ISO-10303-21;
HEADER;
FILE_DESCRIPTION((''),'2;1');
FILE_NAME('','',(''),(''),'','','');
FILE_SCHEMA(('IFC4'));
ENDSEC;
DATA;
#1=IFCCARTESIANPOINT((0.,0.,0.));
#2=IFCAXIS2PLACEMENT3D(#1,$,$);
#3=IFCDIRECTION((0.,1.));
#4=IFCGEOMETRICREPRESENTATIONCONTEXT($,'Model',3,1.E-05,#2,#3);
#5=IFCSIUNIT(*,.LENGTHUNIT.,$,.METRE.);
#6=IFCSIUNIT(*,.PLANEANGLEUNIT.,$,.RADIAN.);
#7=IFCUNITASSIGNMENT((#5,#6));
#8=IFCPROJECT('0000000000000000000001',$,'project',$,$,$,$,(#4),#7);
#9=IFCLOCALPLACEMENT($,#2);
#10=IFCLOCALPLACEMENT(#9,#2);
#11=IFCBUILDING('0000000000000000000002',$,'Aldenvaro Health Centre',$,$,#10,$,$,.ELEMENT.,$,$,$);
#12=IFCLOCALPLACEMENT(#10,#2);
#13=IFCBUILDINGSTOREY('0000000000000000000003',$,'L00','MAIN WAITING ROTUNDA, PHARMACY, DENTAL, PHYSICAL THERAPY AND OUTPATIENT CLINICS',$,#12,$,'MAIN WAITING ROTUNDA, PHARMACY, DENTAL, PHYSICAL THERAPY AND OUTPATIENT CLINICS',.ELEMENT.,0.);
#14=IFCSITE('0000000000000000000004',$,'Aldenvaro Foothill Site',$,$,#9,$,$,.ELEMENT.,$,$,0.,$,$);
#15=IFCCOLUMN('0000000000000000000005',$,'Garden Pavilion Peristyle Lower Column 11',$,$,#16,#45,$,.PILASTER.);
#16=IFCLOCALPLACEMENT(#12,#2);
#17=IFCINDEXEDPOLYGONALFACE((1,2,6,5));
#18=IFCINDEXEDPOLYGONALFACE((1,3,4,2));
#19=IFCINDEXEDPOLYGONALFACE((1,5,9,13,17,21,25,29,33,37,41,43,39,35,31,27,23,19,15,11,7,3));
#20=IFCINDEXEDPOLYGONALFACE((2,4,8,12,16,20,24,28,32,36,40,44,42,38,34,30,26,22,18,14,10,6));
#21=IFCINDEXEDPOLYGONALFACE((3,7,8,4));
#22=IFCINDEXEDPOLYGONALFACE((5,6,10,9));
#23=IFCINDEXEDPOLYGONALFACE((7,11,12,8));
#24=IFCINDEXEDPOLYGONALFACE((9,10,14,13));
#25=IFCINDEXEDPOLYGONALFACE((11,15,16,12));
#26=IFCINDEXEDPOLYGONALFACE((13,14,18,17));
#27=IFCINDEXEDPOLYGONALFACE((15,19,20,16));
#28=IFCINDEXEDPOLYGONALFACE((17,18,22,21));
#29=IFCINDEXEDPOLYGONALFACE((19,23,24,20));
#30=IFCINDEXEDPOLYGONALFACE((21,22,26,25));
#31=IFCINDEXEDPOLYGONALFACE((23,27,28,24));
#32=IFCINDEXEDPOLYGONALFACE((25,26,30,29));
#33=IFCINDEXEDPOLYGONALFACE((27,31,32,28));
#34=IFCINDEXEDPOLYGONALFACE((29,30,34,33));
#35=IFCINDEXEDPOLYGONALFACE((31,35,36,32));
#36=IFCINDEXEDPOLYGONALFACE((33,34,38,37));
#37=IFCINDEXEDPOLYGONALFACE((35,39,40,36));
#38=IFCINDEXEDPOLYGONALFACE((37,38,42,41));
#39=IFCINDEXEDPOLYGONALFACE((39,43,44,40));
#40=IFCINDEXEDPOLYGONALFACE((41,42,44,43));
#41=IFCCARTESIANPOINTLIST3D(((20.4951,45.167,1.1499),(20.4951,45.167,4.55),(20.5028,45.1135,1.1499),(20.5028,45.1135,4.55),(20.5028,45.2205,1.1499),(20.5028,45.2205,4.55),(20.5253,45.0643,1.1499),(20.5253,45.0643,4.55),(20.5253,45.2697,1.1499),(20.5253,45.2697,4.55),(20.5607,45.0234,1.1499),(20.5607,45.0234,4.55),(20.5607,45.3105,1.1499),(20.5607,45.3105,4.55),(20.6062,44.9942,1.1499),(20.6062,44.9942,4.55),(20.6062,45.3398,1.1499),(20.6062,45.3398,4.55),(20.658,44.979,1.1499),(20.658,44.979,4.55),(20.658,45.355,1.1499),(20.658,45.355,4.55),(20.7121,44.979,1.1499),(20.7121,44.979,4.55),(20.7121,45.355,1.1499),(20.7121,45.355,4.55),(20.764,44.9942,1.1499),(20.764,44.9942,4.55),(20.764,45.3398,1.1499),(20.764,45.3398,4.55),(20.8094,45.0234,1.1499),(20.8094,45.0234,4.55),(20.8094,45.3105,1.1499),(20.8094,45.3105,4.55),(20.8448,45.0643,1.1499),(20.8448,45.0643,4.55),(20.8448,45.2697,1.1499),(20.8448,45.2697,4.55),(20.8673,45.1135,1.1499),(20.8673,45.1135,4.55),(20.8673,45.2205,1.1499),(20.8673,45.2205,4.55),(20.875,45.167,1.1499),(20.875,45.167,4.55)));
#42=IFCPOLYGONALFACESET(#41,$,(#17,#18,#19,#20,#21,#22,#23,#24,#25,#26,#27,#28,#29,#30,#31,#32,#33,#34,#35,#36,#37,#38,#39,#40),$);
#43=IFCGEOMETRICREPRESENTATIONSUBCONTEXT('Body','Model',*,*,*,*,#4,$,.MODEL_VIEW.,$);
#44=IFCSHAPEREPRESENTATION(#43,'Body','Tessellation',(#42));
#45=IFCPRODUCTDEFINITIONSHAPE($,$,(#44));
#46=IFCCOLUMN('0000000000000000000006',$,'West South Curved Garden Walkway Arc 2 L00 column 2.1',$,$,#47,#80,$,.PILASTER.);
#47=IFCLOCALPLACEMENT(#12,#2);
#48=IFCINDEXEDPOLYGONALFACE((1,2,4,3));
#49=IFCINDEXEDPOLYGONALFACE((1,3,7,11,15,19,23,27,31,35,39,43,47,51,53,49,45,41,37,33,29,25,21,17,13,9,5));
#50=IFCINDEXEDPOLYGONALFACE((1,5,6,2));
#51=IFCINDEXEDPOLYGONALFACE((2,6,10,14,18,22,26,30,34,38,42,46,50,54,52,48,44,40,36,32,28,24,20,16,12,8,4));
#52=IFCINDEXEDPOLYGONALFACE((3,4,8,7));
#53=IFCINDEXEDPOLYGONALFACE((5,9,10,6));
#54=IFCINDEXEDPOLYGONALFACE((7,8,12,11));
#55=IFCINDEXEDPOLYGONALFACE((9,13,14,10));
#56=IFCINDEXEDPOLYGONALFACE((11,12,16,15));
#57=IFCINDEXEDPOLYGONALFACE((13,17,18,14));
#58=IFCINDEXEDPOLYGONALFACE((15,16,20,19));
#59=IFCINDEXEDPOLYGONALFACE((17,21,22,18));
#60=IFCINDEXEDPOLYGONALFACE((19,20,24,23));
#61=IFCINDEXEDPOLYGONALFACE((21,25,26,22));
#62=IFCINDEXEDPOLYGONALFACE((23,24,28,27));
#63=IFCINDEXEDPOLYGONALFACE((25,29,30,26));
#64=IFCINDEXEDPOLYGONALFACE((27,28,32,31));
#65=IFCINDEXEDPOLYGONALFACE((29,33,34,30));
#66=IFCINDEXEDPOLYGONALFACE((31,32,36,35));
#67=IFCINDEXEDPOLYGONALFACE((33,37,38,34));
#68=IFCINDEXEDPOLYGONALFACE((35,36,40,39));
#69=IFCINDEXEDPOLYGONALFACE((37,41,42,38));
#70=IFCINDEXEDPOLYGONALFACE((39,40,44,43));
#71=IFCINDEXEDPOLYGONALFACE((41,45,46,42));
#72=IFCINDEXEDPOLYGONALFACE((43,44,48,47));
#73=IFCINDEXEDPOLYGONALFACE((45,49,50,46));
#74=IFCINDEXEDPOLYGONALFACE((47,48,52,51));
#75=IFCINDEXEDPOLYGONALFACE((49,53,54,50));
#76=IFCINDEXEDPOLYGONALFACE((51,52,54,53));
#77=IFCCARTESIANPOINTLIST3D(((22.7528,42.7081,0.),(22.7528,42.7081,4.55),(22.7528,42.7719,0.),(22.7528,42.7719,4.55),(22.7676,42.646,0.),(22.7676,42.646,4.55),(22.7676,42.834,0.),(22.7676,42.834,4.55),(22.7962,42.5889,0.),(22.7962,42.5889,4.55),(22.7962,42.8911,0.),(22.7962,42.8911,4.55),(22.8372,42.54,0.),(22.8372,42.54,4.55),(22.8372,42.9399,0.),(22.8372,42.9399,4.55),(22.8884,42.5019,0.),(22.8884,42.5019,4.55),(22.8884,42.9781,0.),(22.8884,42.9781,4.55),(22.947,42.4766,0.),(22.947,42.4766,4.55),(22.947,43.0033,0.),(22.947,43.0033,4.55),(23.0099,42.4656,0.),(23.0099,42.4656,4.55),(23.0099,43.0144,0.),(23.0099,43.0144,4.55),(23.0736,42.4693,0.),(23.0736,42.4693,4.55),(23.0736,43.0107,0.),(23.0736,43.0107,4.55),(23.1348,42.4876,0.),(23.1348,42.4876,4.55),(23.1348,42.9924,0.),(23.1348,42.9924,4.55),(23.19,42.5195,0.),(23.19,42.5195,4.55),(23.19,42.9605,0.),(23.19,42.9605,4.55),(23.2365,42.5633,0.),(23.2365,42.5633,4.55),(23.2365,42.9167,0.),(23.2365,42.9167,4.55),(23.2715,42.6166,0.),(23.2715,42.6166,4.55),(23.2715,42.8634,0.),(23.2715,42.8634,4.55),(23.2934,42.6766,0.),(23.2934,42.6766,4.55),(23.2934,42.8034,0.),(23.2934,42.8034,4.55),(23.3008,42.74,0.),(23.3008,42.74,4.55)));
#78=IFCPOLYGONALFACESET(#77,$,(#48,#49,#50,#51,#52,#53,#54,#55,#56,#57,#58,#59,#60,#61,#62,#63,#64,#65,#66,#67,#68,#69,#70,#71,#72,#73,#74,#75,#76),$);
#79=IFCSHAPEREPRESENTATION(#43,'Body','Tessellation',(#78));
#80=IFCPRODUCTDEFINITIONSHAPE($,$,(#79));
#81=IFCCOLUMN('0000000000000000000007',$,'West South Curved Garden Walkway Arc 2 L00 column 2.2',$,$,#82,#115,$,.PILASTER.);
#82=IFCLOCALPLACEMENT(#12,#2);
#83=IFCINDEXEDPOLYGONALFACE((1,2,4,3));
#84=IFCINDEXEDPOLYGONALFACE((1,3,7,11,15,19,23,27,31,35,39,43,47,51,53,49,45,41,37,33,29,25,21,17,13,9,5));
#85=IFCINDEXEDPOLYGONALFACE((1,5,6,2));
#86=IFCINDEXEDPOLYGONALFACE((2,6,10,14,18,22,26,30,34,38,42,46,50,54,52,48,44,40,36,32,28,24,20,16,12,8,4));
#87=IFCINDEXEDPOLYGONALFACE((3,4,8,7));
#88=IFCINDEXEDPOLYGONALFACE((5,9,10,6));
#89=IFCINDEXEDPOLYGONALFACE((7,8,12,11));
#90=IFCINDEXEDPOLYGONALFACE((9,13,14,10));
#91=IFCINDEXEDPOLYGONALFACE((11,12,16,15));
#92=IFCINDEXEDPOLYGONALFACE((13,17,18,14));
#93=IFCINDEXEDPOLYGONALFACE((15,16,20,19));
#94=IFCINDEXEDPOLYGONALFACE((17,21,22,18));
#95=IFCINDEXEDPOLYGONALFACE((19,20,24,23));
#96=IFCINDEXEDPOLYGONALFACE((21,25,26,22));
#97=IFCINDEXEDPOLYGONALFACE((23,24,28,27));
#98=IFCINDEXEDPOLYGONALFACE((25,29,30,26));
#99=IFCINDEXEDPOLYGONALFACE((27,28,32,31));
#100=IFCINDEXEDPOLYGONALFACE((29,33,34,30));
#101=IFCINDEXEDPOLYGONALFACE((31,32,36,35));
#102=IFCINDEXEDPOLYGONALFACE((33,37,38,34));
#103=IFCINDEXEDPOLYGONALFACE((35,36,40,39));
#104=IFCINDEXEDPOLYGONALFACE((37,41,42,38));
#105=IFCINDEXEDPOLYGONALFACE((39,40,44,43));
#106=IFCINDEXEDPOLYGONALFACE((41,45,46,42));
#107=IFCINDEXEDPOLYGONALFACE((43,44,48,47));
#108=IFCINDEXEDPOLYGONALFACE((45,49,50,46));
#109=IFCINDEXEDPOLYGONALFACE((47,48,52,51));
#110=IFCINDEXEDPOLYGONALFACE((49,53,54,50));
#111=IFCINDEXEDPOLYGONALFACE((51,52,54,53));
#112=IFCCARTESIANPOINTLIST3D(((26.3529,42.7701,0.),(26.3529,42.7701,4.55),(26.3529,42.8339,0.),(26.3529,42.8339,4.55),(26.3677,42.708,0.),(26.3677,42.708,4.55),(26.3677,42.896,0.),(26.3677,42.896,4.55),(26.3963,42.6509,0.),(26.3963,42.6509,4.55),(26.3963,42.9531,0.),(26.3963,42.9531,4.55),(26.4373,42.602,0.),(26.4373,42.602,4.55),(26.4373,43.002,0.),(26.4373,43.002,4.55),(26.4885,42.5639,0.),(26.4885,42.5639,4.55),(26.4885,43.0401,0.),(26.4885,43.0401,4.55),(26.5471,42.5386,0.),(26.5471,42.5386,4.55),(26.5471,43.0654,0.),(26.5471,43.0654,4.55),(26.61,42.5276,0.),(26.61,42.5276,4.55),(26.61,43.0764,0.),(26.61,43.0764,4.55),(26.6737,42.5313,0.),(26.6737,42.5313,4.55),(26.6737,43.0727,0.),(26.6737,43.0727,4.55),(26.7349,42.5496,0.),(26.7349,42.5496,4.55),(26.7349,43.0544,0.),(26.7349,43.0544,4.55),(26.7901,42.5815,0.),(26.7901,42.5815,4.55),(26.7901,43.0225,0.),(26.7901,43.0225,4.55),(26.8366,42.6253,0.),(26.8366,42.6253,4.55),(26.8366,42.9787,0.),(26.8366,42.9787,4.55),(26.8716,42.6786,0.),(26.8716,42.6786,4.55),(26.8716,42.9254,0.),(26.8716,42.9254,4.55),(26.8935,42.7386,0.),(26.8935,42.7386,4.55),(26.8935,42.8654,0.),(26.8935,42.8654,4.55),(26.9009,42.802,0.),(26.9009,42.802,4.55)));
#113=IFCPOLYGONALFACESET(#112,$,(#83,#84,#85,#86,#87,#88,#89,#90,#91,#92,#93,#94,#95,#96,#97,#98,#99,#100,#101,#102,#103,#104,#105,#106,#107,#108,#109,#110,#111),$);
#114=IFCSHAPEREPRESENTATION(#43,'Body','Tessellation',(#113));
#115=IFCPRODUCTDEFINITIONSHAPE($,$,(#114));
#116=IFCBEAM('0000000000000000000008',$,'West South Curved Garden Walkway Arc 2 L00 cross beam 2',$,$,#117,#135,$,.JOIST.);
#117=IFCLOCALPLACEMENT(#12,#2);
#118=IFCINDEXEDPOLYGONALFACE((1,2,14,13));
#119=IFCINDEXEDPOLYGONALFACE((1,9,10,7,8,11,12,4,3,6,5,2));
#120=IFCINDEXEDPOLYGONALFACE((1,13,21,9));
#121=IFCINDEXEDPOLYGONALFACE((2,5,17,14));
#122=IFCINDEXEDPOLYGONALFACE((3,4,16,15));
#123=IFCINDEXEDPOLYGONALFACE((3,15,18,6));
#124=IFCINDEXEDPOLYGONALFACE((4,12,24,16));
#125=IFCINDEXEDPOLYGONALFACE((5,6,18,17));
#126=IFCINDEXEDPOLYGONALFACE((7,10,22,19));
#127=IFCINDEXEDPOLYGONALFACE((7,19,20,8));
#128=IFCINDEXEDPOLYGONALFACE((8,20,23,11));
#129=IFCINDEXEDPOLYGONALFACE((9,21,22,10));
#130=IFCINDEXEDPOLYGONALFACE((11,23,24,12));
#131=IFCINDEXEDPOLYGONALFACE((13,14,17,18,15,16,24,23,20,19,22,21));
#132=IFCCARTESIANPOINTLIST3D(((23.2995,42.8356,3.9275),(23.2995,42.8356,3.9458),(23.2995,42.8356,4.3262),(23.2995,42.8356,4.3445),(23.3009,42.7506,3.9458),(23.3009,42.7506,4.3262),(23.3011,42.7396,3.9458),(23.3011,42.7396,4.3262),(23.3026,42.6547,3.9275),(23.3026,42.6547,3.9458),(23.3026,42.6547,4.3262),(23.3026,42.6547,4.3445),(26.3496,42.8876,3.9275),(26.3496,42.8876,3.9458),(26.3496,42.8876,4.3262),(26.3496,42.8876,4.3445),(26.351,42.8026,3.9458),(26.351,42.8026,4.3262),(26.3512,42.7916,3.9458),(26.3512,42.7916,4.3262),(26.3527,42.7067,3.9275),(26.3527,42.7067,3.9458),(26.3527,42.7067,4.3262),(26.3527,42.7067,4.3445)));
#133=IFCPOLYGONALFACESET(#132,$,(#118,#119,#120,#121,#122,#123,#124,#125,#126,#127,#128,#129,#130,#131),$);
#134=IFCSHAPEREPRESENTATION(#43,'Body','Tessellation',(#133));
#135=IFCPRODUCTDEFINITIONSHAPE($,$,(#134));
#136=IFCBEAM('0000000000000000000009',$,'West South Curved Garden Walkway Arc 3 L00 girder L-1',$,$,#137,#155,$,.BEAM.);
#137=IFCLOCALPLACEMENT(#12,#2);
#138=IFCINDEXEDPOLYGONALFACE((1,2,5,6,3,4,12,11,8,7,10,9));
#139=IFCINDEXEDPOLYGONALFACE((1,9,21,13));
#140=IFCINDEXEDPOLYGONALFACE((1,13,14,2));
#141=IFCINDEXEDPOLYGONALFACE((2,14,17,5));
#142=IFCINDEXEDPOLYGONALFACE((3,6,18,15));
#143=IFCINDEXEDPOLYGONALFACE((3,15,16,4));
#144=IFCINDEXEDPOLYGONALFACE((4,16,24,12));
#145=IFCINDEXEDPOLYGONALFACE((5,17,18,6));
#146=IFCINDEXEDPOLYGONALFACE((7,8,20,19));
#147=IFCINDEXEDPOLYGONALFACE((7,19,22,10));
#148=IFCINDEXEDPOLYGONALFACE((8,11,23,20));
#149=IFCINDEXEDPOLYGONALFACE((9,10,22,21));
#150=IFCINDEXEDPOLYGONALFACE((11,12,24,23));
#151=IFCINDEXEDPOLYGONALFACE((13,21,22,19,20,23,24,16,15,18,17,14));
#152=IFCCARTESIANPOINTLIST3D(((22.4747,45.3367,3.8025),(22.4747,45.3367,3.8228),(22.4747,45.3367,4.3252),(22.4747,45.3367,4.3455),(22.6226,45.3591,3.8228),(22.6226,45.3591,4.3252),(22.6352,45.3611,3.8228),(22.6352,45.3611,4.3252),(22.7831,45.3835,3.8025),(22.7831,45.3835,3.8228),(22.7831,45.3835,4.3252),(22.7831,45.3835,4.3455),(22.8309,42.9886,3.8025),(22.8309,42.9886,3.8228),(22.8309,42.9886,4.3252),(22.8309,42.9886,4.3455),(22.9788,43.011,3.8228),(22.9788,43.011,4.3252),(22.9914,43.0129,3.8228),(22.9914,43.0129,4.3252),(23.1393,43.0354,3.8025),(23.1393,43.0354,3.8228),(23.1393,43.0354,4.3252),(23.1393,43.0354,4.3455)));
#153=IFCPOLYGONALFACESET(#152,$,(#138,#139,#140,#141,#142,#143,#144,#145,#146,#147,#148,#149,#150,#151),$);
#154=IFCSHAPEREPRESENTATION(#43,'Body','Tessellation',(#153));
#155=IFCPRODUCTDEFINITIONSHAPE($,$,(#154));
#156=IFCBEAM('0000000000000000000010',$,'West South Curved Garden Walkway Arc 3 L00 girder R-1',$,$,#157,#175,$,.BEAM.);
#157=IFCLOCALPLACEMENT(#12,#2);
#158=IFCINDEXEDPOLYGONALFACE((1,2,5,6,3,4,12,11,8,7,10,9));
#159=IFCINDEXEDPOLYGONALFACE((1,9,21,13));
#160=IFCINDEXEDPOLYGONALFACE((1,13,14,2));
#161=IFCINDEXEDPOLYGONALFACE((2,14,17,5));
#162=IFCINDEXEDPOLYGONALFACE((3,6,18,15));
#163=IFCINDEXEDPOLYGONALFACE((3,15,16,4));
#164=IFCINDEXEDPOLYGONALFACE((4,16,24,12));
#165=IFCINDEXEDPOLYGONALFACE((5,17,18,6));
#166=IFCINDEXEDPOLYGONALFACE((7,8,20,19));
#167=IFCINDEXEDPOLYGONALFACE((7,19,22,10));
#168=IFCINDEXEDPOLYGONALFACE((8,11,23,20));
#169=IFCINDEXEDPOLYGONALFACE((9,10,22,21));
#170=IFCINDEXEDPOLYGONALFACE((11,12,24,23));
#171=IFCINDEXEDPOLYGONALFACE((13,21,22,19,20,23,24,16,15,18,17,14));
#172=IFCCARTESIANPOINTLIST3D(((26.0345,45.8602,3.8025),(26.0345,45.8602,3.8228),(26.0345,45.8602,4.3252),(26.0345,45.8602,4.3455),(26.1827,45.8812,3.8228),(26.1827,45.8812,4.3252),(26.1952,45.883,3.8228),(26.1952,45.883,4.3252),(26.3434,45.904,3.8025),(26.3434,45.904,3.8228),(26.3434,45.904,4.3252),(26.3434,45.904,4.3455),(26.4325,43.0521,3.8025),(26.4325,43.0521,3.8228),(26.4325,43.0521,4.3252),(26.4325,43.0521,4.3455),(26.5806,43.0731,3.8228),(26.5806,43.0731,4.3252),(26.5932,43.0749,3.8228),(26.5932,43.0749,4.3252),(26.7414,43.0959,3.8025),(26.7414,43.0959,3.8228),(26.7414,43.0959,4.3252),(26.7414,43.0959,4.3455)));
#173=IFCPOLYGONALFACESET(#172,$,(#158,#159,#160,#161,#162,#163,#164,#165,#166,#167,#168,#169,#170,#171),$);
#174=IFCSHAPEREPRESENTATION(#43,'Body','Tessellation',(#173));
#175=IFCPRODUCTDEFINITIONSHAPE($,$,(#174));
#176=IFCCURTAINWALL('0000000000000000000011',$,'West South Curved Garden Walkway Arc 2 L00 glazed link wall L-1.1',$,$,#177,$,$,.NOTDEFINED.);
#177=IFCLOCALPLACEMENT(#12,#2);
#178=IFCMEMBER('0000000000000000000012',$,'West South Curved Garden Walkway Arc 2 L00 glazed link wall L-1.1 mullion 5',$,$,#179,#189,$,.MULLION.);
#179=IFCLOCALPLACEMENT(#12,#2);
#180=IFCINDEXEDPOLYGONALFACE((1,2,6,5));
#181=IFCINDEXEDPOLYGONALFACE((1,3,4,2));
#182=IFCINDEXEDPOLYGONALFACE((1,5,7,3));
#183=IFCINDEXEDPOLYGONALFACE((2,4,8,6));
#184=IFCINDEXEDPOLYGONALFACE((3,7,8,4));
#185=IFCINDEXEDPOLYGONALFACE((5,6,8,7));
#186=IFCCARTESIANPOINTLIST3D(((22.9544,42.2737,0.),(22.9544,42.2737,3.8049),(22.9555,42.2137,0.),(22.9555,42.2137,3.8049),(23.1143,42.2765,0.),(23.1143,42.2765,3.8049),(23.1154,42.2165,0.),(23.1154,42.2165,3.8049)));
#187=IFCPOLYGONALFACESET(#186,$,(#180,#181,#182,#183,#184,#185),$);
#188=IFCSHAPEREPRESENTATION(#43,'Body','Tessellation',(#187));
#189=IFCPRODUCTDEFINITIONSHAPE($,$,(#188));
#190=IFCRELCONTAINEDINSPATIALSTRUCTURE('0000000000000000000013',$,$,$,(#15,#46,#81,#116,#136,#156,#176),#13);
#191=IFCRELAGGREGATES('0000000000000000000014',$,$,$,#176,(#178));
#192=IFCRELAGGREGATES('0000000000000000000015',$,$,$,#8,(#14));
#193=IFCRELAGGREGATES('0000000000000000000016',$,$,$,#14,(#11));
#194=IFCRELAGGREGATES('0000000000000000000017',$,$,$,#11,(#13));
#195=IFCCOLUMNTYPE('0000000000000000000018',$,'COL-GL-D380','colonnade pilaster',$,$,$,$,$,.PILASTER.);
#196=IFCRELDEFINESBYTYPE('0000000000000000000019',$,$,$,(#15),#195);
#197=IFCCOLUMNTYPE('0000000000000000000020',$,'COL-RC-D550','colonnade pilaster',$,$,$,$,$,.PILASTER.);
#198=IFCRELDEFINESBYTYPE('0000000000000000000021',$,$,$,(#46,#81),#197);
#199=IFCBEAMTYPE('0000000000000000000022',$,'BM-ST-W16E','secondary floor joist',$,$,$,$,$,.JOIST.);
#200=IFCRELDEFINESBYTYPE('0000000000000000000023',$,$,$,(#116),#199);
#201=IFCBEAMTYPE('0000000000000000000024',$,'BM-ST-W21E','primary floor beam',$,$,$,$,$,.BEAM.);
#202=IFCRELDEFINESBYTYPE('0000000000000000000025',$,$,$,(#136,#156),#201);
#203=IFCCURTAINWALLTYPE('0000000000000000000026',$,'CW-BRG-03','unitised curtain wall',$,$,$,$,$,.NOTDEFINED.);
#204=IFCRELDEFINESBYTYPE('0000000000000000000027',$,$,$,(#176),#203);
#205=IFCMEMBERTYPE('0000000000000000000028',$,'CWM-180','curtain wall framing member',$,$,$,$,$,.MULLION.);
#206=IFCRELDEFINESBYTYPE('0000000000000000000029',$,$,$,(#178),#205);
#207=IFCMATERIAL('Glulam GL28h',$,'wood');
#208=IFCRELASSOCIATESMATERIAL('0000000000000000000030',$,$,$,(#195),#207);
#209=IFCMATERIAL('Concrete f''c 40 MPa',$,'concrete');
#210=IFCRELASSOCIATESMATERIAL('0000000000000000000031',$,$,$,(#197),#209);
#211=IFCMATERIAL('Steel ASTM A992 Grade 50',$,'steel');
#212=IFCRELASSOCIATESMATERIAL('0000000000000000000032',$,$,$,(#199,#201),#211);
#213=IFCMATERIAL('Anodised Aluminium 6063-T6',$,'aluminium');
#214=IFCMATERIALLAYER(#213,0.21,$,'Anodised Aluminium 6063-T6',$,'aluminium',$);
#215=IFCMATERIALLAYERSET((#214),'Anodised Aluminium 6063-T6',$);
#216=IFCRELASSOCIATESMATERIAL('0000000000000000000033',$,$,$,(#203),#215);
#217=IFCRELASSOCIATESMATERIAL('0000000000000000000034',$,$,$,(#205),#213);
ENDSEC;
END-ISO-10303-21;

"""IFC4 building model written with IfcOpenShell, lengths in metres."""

from ifc_helpers import new_model, si_unit, direction, frame, origin, origin_2d, place, context, subcontext, project, spatial, rectangle, circle, i_section, extrude, material, layer, layer_set, material_profile, profile_set, type_object, element, aggregate, save


model = new_model("IFC4")

# Units and contexts
model_context = context("Model", 3, precision=1e-05, world=origin(), true_north=direction((0.0, 1.0)))
body_context = subcontext(model_context, "Body", "Model", "MODEL_VIEW")
ifc_project = project(units=[si_unit("LENGTHUNIT", "METRE"), si_unit("PLANEANGLEUNIT", "RADIAN")], contexts=[model_context])

# Site, building, storey
site_placement = place(None, origin())
site = spatial("IfcSite", under=ifc_project, at=site_placement, Name="Aldenvaro Foothill Site", CompositionType="ELEMENT", RefElevation=0.0)
building_placement = place(site_placement, origin())
building = spatial("IfcBuilding", under=site, at=building_placement, Name="Aldenvaro Health Centre", CompositionType="ELEMENT")
storey_placement = place(building_placement, origin())
storey = spatial("IfcBuildingStorey", under=building, at=storey_placement, Name="L00", Description="MAIN WAITING ROTUNDA, PHARMACY, DENTAL, PHYSICAL THERAPY AND OUTPATIENT CLINICS", LongName="MAIN WAITING ROTUNDA, PHARMACY, DENTAL, PHYSICAL THERAPY AND OUTPATIENT CLINICS", CompositionType="ELEMENT", Elevation=0.0)

# Columns
ifc_material_1 = material(Name="Glulam GL28h", Category="wood")
ifc_material_profile_1 = material_profile(ifc_material_1, circle(Radius=0.1899, at=origin_2d()), Name="GL D380", Category="wood")
ifc_profile_set_1 = profile_set([ifc_material_profile_1], Name="Glulam GL28h")
column_type_1 = type_object("IfcColumnType", Name="COL-GL-D380", Description="colonnade pilaster", PredefinedType="PILASTER", material=ifc_profile_set_1)
column_placement = place(storey_placement, frame((20.6851, 45.167, 1.1499), z_axis=(0.0, 0.0, 1.0), x_axis=(1.0, 0.0, 0.0)))
element("IfcColumn", 1, at=column_placement, inside=storey, type_object=column_type_1, Name="Garden Pavilion Peristyle Lower Column 11", PredefinedType="PILASTER", context=body_context, shape_type="SweptSolid", body=[
    extrude(circle(Radius=0.1899, at=origin_2d()), origin(), (0.0, 0.0, 1.0), 3.4001),
])
ifc_material_2 = material(Name="Concrete f'c 40 MPa", Category="concrete")
ifc_material_profile_2 = material_profile(ifc_material_2, circle(Radius=0.2749, at=origin_2d()), Name="RC D550", Category="concrete")
ifc_profile_set_2 = profile_set([ifc_material_profile_2], Name="Concrete f'c 40 MPa")
column_type_2 = type_object("IfcColumnType", Name="COL-RC-D550", Description="colonnade pilaster", PredefinedType="PILASTER", material=ifc_profile_set_2)
for number, where, z_axis, x_axis, name in (
    (2, (23.0259, 42.74, 0.0), (0.0, 0.0, 1.0), (1.0, 0.0, 0.0), "West South Curved Garden Walkway Arc 2 L00 column 2.1"),
    (3, (26.626, 42.802, 0.0), (0.0, 0.0, 1.0), (1.0, 0.0, 0.0), "West South Curved Garden Walkway Arc 2 L00 column 2.2"),
):
    element("IfcColumn", number, at=place(storey_placement, frame(where, z_axis=z_axis, x_axis=x_axis)), inside=storey, type_object=column_type_2, Name=name, PredefinedType="PILASTER", context=body_context, shape_type="SweptSolid", body=[
        extrude(circle(Radius=0.2749, at=origin_2d()), origin(), (0.0, 0.0, 1.0), 4.55),
    ])

# Beams
ifc_material_3 = material(Name="Steel ASTM A992 Grade 50", Category="steel")
ifc_material_profile_3 = material_profile(ifc_material_3, i_section(OverallWidth=0.1809, OverallDepth=0.417, WebThickness=0.011, FlangeThickness=0.0183, at=origin_2d()), Name="W16X57", Category="steel")
ifc_profile_set_3 = profile_set([ifc_material_profile_3], Name="Steel ASTM A992 Grade 50")
beam_type_1 = type_object("IfcBeamType", Name="BM-ST-W16E", Description="secondary floor joist", PredefinedType="JOIST", material=ifc_profile_set_3)
beam_1_placement = place(storey_placement, frame((23.301, 42.7451, 4.136), z_axis=(0.999855, 0.017047, 0.0), x_axis=(-0.017047, 0.999855, 0.0)))
element("IfcBeam", 4, at=beam_1_placement, inside=storey, type_object=beam_type_1, Name="West South Curved Garden Walkway Arc 2 L00 cross beam 2", PredefinedType="JOIST", context=body_context, shape_type="SweptSolid", body=[
    extrude(i_section(OverallWidth=0.1809, OverallDepth=0.417, WebThickness=0.011, FlangeThickness=0.0183, at=origin_2d()), origin(), (0.0, 0.0, 1.0), 3.0505),
])
ifc_material_profile_4 = material_profile(ifc_material_3, i_section(OverallWidth=0.312, OverallDepth=0.543, WebThickness=0.0127, FlangeThickness=0.0203, at=origin_2d()), Name="W21X101", Category="steel")
ifc_profile_set_4 = profile_set([ifc_material_profile_4], Name="Steel ASTM A992 Grade 50")
beam_type_2 = type_object("IfcBeamType", Name="BM-ST-W21E", Description="primary floor beam", PredefinedType="BEAM", material=ifc_profile_set_4)
beam_2_placement = place(storey_placement, frame((22.9851, 43.012, 4.074), z_axis=(-0.149979, 0.988689, 0.0), x_axis=(-0.988689, -0.149979, 0.0)))
element("IfcBeam", 5, at=beam_2_placement, inside=storey, type_object=beam_type_2, Name="West South Curved Garden Walkway Arc 3 L00 girder L-1", PredefinedType="BEAM", context=body_context, shape_type="SweptSolid", body=[
    extrude(i_section(OverallWidth=0.312, OverallDepth=0.543, WebThickness=0.0127, FlangeThickness=0.0203, at=origin_2d()), origin(), (0.0, 0.0, 1.0), 2.375),
])
beam_3_placement = place(storey_placement, frame((26.5869, 43.074, 4.074), z_axis=(-0.140313, 0.990107, 0.0), x_axis=(-0.990107, -0.140313, 0.0)))
element("IfcBeam", 6, at=beam_3_placement, inside=storey, type_object=beam_type_2, Name="West South Curved Garden Walkway Arc 3 L00 girder R-1", PredefinedType="BEAM", context=body_context, shape_type="SweptSolid", body=[
    extrude(i_section(OverallWidth=0.312, OverallDepth=0.543, WebThickness=0.0127, FlangeThickness=0.0203, at=origin_2d()), origin(), (0.0, 0.0, 1.0), 2.8362),
])

# Curtain wall, member
ifc_material_4 = material(Name="Anodised Aluminium 6063-T6", Category="aluminium")
ifc_layer_1 = layer(ifc_material_4, 0.21, Name="Anodised Aluminium 6063-T6", Category="aluminium")
ifc_layer_set_1 = layer_set([ifc_layer_1], Name="Anodised Aluminium 6063-T6")
curtain_wall_type = type_object("IfcCurtainWallType", Name="CW-BRG-03", Description="unitised curtain wall", PredefinedType="NOTDEFINED", material=ifc_layer_set_1)
curtain_wall_1_placement = place(storey_placement, origin())
curtain_wall_1 = element("IfcCurtainWall", 7, at=curtain_wall_1_placement, inside=storey, type_object=curtain_wall_type, Name="West South Curved Garden Walkway Arc 2 L00 glazed link wall L-1.1", PredefinedType="NOTDEFINED")
ifc_material_profile_5 = material_profile(ifc_material_4, rectangle(XDim=0.0601, YDim=0.1599, at=origin_2d()), Name="ALU 60x160", Category="aluminium")
ifc_profile_set_5 = profile_set([ifc_material_profile_5], Name="Anodised Aluminium 6063-T6")
member_type_1 = type_object("IfcMemberType", Name="CWM-180", Description="curtain wall framing member", PredefinedType="MULLION", material=ifc_profile_set_5)
member_1_placement = place(storey_placement, frame((23.0349, 42.2451, 0.0), z_axis=(0.0, 0.0, 1.0), x_axis=(-0.017468, 0.999847, 0.0)))
member_1 = element("IfcMember", 8, at=member_1_placement, type_object=member_type_1, Name="West South Curved Garden Walkway Arc 2 L00 glazed link wall L-1.1 mullion 5", PredefinedType="MULLION", context=body_context, shape_type="SweptSolid", body=[
    extrude(rectangle(XDim=0.0601, YDim=0.1599, at=origin_2d()), origin(), (0.0, 0.0, 1.0), 3.8049),
])
aggregate(curtain_wall_1, [member_1])

save(model, "model.ifc")
